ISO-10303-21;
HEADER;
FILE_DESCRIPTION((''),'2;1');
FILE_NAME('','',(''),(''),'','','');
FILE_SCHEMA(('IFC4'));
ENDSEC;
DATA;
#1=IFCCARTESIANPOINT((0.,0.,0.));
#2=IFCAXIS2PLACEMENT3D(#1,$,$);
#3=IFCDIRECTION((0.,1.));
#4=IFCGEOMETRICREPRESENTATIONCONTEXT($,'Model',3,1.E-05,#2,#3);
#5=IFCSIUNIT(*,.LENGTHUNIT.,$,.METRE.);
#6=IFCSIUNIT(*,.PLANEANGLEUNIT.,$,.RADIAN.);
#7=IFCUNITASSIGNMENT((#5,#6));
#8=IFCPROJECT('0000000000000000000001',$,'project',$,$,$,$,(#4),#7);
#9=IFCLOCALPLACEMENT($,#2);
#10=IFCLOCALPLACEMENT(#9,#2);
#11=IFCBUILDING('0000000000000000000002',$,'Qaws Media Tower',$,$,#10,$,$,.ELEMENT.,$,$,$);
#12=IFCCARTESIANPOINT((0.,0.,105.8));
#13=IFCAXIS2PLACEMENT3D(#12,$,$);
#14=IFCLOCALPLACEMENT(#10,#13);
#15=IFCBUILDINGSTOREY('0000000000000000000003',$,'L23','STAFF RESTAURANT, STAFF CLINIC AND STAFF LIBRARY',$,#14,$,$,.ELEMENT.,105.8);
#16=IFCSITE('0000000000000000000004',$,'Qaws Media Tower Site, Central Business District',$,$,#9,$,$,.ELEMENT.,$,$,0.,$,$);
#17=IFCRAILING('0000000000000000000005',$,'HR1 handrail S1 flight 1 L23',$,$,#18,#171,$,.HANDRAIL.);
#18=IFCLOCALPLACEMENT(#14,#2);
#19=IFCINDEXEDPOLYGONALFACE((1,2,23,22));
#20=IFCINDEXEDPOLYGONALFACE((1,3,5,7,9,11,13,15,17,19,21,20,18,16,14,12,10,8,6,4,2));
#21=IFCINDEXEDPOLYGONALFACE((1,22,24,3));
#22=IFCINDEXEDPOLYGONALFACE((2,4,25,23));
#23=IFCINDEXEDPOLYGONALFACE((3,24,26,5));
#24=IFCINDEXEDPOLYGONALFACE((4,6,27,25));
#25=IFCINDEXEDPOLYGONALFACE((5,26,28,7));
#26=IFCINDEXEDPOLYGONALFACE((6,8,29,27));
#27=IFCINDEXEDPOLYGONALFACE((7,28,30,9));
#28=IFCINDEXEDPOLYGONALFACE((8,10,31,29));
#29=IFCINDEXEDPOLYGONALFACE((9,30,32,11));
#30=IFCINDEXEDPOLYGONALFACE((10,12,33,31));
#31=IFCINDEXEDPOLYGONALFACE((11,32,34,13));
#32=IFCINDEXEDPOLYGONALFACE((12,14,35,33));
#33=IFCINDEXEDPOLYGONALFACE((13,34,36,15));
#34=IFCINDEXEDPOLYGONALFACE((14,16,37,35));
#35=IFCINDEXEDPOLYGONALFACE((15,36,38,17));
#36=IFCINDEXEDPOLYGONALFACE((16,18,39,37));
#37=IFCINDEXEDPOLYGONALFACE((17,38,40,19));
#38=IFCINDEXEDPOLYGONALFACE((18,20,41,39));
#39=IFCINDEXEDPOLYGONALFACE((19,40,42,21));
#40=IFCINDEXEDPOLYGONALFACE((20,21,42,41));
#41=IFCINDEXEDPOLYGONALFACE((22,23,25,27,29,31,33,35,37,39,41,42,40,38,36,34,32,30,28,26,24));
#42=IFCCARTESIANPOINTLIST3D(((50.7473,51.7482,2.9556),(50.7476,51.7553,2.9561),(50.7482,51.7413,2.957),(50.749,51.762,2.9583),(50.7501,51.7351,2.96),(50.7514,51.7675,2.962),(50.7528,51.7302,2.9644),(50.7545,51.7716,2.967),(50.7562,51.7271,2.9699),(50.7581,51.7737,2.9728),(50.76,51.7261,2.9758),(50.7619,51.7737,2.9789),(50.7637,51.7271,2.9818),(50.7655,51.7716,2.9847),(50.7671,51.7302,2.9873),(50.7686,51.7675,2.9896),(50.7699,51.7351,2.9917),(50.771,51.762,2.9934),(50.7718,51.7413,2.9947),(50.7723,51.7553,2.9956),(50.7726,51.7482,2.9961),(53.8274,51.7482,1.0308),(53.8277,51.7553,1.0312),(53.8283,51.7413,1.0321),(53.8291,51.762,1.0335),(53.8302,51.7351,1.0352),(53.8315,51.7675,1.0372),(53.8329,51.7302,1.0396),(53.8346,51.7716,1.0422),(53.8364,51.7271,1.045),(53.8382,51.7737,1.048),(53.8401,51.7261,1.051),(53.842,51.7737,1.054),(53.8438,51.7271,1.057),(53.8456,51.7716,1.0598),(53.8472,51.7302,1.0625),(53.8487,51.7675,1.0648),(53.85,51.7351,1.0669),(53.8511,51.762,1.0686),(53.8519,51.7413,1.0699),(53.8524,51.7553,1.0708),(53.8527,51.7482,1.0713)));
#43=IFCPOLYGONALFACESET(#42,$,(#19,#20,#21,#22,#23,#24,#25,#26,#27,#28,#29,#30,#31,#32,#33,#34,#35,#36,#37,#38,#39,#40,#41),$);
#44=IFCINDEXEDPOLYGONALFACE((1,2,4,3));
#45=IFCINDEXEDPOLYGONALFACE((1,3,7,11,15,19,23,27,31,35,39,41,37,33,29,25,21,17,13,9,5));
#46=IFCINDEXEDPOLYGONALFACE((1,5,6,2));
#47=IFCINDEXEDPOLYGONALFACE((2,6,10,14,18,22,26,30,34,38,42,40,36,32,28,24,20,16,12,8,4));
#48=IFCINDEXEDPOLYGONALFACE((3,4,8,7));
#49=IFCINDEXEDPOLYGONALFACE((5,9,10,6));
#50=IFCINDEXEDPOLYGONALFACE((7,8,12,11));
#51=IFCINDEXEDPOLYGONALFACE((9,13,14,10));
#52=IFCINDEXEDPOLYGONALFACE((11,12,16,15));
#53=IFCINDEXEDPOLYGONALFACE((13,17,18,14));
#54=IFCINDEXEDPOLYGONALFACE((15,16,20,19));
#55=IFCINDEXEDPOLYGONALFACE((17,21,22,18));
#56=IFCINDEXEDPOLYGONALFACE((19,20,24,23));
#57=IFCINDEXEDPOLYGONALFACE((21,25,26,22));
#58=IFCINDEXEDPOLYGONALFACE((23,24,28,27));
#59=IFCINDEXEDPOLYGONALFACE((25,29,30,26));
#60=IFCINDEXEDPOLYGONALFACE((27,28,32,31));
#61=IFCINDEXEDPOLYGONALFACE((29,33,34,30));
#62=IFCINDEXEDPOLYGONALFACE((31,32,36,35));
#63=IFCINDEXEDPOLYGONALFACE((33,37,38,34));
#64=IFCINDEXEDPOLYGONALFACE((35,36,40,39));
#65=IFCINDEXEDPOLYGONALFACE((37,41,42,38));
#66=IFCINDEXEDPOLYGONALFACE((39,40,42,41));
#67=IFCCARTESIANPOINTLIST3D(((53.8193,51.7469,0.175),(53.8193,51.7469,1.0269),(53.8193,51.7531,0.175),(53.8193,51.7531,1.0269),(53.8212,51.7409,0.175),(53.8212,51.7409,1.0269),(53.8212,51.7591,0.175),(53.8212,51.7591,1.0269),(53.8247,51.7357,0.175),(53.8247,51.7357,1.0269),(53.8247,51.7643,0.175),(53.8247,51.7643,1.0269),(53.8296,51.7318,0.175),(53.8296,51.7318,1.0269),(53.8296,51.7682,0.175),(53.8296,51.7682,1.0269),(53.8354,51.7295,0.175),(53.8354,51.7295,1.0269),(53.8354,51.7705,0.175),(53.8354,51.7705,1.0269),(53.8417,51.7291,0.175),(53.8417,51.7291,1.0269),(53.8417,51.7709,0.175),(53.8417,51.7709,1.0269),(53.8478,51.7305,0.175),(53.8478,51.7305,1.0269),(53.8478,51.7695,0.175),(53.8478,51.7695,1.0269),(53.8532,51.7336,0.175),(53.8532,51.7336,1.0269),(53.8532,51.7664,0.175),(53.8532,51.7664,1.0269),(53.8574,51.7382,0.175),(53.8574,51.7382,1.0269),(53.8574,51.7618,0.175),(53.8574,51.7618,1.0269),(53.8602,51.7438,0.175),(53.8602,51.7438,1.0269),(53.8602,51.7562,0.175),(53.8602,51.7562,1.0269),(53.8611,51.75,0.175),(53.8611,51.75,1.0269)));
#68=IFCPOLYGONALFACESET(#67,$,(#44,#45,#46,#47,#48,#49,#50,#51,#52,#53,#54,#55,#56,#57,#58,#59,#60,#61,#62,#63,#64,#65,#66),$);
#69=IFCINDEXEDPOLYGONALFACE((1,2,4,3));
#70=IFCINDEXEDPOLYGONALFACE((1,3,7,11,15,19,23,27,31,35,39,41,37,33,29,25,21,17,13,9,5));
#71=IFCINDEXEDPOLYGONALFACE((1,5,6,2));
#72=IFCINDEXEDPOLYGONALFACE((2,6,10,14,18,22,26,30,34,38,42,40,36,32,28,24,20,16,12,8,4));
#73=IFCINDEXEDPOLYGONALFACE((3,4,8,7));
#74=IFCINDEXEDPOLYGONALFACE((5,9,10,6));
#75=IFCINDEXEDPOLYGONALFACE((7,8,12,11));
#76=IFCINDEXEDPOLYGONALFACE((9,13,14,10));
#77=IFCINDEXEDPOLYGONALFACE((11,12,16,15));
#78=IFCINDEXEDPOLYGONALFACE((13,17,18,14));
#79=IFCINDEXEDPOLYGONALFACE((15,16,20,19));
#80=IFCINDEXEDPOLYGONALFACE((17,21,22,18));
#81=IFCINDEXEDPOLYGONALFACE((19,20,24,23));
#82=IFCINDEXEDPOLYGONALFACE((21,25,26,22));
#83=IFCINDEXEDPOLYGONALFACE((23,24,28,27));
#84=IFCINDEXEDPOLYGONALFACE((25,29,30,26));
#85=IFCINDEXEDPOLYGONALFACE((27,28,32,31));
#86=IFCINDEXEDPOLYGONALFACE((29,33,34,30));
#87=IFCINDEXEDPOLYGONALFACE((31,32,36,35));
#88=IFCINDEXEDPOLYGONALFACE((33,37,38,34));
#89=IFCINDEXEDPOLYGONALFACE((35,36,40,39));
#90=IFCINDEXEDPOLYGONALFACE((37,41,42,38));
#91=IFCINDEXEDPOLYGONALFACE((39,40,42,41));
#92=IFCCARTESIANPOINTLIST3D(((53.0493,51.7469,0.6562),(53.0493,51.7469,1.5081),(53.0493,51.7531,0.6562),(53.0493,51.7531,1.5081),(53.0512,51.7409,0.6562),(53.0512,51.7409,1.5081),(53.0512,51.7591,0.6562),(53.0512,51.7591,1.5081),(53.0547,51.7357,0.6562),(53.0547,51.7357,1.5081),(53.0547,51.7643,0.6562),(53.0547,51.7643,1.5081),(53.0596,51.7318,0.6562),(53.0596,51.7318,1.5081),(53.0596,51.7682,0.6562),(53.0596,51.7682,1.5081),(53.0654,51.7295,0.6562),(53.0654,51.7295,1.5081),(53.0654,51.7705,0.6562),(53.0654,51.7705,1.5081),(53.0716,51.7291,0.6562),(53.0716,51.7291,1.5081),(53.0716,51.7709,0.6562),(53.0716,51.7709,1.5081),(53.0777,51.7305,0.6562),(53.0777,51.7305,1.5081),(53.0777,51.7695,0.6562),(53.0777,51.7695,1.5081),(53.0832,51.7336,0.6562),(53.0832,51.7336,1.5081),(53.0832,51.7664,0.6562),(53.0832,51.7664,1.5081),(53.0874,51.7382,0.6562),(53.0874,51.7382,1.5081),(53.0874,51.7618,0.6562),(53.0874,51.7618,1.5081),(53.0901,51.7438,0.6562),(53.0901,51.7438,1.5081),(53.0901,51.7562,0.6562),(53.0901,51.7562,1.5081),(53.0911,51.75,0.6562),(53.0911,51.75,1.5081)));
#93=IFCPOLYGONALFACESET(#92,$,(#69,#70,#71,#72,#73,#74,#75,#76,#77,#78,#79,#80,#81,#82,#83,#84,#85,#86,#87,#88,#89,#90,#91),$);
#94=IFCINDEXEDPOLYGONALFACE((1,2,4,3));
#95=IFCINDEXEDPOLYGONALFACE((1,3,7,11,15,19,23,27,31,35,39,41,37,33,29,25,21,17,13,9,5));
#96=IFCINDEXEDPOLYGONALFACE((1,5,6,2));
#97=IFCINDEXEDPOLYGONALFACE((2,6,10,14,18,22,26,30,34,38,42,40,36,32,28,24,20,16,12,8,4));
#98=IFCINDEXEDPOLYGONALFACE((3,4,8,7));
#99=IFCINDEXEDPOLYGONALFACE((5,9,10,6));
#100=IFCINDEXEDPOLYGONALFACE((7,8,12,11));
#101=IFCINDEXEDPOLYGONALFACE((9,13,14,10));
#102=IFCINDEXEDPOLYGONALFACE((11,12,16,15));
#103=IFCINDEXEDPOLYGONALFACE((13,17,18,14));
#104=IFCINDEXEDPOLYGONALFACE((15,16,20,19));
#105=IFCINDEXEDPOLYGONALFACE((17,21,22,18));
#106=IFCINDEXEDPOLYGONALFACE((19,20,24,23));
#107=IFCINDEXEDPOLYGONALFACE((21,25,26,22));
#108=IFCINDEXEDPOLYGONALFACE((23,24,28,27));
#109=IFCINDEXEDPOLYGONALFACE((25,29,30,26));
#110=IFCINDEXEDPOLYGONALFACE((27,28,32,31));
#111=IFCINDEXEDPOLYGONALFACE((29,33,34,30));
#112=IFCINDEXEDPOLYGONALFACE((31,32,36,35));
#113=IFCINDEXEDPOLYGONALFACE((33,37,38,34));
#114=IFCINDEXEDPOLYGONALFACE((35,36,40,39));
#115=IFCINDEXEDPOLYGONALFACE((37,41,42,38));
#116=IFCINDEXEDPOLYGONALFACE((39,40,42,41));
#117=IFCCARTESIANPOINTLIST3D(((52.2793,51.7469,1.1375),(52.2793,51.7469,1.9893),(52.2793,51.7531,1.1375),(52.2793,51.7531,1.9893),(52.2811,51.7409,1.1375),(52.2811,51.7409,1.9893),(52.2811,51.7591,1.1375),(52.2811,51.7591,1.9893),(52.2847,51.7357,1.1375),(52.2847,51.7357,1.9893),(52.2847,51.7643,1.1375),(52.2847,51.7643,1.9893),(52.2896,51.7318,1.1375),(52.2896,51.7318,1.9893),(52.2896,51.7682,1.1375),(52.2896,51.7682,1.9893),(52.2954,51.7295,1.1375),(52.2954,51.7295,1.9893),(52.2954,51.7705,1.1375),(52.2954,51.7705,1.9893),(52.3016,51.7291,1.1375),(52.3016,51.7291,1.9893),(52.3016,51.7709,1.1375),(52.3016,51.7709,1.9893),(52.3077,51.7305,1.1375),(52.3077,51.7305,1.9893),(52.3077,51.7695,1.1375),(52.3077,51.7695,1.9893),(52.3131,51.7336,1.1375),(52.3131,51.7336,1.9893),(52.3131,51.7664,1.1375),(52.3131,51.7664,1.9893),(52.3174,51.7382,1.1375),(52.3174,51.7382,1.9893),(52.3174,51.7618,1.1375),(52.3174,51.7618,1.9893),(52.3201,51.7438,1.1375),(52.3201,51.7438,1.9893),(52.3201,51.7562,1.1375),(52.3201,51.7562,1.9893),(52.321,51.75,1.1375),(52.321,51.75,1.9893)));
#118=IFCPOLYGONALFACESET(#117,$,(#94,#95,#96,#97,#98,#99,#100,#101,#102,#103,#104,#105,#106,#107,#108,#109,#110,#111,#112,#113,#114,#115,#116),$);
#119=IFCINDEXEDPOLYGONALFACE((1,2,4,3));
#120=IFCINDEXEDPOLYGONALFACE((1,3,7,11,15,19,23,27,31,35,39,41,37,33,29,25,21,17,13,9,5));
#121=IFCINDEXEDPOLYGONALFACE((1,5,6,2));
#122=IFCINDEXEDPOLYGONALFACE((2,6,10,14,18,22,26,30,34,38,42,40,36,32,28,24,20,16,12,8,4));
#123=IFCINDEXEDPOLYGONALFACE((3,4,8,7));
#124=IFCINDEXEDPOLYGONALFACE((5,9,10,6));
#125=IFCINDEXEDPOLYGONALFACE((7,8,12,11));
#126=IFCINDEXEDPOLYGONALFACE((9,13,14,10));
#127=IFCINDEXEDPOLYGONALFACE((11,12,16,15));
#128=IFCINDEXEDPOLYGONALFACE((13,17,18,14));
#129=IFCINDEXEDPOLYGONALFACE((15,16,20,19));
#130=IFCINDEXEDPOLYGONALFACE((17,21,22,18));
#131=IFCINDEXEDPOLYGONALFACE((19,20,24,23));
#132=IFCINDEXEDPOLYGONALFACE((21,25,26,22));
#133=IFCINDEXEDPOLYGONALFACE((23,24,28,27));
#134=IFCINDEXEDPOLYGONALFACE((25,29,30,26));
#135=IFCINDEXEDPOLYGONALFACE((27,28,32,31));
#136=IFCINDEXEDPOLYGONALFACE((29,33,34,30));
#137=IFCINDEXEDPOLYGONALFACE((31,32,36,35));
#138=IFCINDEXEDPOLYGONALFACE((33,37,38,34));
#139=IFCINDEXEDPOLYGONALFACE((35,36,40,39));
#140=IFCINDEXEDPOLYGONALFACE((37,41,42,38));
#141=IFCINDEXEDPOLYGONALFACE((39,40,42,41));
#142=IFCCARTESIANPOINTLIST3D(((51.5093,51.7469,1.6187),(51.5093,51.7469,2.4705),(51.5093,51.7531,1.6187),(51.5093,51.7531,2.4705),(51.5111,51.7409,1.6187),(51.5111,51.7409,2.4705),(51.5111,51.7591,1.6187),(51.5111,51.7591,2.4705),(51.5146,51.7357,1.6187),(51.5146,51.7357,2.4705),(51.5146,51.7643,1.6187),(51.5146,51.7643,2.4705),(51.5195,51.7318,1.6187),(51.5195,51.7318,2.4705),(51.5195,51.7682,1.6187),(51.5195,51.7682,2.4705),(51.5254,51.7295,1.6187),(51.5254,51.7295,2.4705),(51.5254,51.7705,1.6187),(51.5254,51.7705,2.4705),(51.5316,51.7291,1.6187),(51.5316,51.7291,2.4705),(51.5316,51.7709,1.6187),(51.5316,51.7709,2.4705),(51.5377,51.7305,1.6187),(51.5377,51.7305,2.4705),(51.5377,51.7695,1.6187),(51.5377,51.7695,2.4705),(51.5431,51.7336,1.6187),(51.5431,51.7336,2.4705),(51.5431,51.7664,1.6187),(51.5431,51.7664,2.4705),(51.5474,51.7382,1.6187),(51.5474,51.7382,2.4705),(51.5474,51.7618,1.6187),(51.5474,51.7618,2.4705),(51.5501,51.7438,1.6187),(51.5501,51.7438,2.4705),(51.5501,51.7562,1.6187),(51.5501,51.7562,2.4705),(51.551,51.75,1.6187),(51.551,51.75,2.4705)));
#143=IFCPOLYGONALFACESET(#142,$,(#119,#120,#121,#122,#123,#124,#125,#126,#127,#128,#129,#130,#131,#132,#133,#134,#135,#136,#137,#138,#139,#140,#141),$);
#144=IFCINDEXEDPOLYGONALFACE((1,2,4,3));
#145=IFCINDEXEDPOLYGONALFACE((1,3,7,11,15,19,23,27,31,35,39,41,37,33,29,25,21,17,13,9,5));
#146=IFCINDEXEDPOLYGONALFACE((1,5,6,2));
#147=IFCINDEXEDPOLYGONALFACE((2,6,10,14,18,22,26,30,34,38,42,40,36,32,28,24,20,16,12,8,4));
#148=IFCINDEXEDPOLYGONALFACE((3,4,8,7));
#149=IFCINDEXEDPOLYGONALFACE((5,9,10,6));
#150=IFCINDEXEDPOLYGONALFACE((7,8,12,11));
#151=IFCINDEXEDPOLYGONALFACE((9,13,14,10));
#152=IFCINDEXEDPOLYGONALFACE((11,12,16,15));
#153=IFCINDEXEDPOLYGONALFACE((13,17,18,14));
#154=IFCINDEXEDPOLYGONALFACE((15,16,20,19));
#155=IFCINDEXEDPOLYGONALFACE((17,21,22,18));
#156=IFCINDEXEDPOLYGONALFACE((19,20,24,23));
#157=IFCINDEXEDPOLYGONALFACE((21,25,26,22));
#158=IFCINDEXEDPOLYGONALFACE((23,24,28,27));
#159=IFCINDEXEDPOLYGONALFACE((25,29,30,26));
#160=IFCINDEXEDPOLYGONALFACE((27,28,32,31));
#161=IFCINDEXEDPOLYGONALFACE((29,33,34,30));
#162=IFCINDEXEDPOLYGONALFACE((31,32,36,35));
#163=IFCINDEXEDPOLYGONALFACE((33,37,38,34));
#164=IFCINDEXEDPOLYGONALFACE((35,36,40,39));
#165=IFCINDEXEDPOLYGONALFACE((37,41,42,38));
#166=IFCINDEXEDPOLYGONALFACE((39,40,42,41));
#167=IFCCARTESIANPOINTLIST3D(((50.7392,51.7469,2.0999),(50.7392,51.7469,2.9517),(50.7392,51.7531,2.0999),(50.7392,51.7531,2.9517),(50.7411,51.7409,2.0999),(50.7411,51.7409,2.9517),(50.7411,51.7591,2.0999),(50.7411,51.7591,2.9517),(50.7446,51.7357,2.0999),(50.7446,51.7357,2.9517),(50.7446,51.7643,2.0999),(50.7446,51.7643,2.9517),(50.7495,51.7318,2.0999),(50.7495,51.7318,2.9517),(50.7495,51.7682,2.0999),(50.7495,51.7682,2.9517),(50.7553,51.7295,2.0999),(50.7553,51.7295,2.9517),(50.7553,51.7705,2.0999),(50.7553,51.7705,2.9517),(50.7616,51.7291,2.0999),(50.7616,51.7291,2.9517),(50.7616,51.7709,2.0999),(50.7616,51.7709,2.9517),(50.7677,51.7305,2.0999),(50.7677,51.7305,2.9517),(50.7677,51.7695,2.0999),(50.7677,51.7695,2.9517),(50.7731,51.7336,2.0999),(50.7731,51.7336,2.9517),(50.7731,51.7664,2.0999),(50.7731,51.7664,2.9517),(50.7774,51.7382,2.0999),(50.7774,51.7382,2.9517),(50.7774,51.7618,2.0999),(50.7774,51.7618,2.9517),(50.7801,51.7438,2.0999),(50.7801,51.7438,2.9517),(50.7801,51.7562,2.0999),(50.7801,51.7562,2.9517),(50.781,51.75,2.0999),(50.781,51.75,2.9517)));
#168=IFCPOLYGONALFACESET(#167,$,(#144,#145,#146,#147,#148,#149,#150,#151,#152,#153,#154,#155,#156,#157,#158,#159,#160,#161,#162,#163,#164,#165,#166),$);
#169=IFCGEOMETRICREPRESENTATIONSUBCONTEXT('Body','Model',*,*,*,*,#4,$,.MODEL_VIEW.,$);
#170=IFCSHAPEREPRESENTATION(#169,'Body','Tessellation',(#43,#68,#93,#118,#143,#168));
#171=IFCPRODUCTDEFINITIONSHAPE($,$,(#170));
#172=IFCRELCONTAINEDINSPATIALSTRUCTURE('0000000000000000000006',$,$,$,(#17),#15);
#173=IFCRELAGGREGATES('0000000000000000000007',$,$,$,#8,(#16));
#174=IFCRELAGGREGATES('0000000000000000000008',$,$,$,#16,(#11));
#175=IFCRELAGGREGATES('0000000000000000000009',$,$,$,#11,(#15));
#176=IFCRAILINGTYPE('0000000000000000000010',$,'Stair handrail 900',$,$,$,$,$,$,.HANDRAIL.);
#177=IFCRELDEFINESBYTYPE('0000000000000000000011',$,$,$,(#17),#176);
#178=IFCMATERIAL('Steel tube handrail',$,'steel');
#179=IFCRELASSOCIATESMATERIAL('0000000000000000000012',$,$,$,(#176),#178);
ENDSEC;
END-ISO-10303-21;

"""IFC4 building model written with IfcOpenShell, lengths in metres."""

from ifc_helpers import new_model, si_unit, direction, frame, origin, origin_2d, place, context, subcontext, project, spatial, circle, extrude, material, type_object, element, save


model = new_model("IFC4")

# Units and contexts
model_context = context("Model", 3, precision=1e-05, world=origin(), true_north=direction((0.0, 1.0)))
body_context = subcontext(model_context, "Body", "Model", "MODEL_VIEW")
ifc_project = project(units=[si_unit("LENGTHUNIT", "METRE"), si_unit("PLANEANGLEUNIT", "RADIAN")], contexts=[model_context])

# Site, building, storey
site_placement = place(None, origin())
site = spatial("IfcSite", under=ifc_project, at=site_placement, Name="Qaws Media Tower Site, Central Business District", CompositionType="ELEMENT", RefElevation=0.0)
building_placement = place(site_placement, origin())
building = spatial("IfcBuilding", under=site, at=building_placement, Name="Qaws Media Tower", CompositionType="ELEMENT")
storey_placement = place(building_placement, frame((0.0, 0.0, 105.8)))
storey = spatial("IfcBuildingStorey", under=building, at=storey_placement, Name="L23", Description="STAFF RESTAURANT, STAFF CLINIC AND STAFF LIBRARY", CompositionType="ELEMENT", Elevation=105.8)

# Railing
ifc_material_1 = material(Name="Steel tube handrail", Category="steel")
railing_type = type_object("IfcRailingType", Name="Stair handrail 900", PredefinedType="HANDRAIL", material=ifc_material_1)
for number, where, name in (
    (1, (53.8401, 51.75, 0.175), "HR1 handrail S1 flight 1 L23"),
):
    element("IfcRailing", number, at=place(storey_placement, frame(where)), inside=storey, type_object=railing_type, Name=name, PredefinedType="HANDRAIL", context=body_context, shape_type="SweptSolid", body=[
        extrude(circle(Radius=0.0239, at=origin_2d()), frame((0.0, 0.0, 0.876), z_axis=(-0.848029, 0.0, 0.529951), x_axis=(0.0, -1.0, 0.0)), (0.0, 0.0, 1.0), 3.6321),
        extrude(circle(Radius=0.021, at=origin_2d()), origin(), (0.0, 0.0, 1.0), 0.8518),
        extrude(circle(Radius=0.021, at=origin_2d()), frame((-0.77, 0.0, 0.4812)), (0.0, 0.0, 1.0), 0.8518),
        extrude(circle(Radius=0.021, at=origin_2d()), frame((-1.54, 0.0, 0.9624)), (0.0, 0.0, 1.0), 0.8518),
        extrude(circle(Radius=0.021, at=origin_2d()), frame((-2.3101, 0.0, 1.4436)), (0.0, 0.0, 1.0), 0.8518),
        extrude(circle(Radius=0.021, at=origin_2d()), frame((-3.0801, 0.0, 1.9248)), (0.0, 0.0, 1.0), 0.8518),
    ])

save(model, "model.ifc")
